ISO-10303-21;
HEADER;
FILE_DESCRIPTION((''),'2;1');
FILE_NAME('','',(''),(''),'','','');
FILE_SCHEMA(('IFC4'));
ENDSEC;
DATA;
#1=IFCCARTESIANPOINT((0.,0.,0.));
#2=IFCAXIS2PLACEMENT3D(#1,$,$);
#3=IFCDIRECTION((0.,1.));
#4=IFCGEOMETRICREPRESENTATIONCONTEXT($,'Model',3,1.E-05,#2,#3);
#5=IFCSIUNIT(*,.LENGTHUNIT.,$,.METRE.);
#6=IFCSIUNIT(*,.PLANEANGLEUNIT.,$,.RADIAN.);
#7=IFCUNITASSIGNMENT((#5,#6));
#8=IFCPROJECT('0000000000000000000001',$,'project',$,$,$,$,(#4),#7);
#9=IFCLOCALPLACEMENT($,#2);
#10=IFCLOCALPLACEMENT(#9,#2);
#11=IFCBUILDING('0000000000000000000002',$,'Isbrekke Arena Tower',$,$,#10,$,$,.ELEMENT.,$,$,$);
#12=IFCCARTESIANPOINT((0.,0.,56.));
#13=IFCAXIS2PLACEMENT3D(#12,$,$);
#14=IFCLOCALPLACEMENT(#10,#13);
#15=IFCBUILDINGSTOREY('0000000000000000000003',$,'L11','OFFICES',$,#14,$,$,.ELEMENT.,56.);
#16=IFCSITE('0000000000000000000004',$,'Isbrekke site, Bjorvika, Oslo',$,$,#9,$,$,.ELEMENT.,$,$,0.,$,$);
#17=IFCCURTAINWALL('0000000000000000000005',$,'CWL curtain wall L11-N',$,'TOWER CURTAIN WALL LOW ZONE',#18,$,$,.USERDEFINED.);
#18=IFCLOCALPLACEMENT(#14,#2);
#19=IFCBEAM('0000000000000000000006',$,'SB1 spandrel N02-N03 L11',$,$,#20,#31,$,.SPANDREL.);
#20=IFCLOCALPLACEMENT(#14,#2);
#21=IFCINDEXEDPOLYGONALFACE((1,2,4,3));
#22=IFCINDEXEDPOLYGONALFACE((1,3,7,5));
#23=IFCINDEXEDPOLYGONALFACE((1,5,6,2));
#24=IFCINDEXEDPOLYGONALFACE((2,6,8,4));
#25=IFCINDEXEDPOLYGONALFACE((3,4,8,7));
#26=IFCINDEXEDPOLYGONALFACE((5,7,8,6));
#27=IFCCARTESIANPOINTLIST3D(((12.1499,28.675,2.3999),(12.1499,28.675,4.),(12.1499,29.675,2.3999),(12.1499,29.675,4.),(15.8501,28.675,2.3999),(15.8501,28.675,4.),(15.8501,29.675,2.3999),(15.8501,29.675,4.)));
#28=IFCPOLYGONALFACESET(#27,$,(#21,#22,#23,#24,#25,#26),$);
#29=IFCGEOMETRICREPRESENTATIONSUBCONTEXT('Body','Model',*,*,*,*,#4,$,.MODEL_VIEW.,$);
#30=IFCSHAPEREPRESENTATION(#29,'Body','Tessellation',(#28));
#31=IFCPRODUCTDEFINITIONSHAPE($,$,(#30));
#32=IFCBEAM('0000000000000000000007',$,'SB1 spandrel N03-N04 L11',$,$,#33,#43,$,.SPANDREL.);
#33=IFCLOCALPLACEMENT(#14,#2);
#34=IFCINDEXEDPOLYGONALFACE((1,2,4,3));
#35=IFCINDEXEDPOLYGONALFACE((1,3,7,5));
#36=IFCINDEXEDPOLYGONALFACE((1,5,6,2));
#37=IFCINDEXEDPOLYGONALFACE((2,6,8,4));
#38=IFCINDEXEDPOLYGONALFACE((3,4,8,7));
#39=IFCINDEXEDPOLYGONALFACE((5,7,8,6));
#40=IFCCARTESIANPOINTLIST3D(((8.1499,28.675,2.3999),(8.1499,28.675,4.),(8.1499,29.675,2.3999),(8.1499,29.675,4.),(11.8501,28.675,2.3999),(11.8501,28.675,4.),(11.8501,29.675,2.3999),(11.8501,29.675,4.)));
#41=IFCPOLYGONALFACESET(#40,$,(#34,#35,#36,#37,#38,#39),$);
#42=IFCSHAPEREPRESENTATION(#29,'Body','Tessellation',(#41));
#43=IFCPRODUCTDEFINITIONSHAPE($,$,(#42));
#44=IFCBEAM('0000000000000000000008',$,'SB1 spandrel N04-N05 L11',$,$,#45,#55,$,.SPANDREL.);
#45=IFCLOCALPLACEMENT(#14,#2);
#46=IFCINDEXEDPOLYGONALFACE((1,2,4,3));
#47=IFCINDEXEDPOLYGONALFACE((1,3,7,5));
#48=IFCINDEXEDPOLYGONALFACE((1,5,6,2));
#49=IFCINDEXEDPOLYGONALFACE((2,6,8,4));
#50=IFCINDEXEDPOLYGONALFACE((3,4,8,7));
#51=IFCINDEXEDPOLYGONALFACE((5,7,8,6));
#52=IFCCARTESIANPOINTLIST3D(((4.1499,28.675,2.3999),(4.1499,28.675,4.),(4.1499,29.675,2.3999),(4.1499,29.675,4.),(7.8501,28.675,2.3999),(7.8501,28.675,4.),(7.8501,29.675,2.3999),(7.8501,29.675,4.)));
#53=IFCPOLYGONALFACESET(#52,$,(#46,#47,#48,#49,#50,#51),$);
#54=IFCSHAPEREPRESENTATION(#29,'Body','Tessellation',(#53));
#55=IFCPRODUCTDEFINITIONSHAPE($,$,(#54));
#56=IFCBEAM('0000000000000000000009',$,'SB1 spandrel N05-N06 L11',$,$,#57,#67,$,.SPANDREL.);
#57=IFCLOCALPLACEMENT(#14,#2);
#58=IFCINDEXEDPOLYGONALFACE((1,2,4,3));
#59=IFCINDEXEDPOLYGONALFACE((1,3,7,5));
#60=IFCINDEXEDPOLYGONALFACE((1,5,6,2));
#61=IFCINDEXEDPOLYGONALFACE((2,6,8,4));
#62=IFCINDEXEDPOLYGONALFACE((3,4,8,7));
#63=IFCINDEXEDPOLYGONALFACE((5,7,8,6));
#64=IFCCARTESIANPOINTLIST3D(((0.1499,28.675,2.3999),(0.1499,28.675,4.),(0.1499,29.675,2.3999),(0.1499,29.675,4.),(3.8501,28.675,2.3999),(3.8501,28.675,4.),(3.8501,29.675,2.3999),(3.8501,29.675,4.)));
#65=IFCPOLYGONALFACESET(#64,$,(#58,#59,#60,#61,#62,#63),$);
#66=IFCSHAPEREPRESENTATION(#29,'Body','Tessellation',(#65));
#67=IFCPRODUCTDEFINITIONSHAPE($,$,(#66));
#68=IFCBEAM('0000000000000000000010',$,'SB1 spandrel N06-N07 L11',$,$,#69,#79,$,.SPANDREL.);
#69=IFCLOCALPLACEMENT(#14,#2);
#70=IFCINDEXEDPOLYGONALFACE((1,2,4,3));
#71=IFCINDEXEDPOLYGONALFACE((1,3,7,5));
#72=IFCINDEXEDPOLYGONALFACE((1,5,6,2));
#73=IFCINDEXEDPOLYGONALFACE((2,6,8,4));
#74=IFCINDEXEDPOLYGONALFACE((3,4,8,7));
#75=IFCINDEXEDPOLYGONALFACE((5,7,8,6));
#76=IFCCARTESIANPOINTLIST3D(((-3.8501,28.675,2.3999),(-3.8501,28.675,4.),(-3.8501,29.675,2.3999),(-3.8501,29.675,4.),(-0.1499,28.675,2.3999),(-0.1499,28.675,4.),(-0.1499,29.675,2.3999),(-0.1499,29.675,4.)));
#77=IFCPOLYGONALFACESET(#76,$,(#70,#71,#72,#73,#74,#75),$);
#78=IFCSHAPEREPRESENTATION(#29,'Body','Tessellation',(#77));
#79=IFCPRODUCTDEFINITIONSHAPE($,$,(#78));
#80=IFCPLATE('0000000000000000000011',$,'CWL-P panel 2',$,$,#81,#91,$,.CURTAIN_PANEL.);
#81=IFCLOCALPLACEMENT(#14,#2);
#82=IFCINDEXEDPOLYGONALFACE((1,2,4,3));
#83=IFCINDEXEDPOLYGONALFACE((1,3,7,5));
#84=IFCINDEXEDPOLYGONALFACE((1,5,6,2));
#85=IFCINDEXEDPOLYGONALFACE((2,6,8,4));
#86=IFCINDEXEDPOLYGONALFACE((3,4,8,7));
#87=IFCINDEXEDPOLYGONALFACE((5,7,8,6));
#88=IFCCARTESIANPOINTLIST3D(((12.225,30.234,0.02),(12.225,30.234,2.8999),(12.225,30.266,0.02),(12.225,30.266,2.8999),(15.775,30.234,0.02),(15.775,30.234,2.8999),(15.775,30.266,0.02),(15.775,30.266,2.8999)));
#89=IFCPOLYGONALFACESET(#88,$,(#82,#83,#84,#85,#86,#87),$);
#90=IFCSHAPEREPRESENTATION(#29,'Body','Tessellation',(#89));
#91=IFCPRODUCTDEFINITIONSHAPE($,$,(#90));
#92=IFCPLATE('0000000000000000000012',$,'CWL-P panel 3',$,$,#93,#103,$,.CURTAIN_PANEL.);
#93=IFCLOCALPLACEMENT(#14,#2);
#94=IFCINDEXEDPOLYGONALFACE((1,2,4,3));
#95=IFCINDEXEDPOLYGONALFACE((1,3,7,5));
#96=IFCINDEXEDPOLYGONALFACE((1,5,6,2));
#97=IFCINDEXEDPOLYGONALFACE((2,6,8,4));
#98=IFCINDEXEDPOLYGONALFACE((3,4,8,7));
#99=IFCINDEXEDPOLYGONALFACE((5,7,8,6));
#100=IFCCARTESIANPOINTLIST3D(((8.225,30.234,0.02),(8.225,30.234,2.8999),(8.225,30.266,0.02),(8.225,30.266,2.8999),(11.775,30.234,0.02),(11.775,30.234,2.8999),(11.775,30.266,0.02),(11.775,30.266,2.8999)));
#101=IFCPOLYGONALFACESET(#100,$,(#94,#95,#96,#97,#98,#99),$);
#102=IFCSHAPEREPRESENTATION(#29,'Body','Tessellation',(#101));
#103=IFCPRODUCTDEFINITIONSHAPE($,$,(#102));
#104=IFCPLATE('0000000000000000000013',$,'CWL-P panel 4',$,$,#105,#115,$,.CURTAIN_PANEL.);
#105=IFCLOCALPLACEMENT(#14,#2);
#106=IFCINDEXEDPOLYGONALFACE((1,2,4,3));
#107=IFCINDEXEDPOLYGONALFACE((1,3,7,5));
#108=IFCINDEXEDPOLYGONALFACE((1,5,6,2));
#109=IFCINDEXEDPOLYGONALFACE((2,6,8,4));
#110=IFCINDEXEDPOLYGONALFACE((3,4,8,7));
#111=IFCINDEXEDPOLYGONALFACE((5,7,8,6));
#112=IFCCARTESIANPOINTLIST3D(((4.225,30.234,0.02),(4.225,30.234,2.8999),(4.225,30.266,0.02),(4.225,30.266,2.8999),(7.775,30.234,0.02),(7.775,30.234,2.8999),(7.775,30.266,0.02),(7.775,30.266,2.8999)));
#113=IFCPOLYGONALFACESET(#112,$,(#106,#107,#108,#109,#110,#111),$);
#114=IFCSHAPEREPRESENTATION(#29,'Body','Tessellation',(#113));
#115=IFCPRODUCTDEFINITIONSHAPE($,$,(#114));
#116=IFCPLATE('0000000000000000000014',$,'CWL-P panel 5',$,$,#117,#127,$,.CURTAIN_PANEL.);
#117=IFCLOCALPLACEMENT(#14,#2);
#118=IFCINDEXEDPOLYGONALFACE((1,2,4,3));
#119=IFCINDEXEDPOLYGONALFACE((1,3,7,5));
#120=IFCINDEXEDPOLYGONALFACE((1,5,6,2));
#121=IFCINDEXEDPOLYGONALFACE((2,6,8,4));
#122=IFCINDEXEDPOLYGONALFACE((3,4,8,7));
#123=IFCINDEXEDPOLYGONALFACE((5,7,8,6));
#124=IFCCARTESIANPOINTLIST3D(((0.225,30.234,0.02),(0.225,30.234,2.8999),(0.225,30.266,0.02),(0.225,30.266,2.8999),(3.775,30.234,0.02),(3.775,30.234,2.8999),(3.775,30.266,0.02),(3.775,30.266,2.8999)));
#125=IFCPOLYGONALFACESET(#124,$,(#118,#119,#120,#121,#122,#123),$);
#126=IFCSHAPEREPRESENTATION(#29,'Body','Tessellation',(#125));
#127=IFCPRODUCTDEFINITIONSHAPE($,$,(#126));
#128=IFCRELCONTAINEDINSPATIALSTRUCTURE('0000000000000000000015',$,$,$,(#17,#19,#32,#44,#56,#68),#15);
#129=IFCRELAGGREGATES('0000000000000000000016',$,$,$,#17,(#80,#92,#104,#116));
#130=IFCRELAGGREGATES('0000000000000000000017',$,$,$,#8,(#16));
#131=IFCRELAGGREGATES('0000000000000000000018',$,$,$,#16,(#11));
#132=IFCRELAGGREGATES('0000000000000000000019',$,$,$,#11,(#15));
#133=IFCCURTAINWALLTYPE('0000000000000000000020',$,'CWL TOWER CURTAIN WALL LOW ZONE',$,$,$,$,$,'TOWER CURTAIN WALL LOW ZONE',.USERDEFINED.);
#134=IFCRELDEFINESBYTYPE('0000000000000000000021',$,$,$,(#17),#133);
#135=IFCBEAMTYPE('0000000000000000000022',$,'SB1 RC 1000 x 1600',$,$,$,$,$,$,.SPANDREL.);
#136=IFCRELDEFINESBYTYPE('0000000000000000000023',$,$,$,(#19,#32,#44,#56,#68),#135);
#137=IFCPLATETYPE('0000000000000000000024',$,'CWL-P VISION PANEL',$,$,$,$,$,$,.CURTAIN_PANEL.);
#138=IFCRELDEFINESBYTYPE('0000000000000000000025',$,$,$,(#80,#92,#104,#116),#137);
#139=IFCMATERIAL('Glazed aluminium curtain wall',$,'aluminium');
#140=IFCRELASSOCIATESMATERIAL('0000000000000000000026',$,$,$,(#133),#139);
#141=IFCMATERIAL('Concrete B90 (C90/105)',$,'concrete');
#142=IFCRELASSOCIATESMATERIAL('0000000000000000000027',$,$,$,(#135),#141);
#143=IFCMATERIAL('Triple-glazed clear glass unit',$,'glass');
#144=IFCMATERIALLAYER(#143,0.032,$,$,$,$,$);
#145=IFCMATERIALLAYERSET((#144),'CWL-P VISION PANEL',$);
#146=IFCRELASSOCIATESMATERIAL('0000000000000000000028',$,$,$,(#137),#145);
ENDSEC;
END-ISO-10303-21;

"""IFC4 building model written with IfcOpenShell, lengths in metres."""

from ifc_helpers import new_model, si_unit, direction, frame, origin, origin_2d, place, context, subcontext, project, spatial, rectangle, extrude, material, layer, layer_set, material_profile, profile_set, type_object, element, aggregate, save


model = new_model("IFC4")

# Units and contexts
model_context = context("Model", 3, precision=1e-05, world=origin(), true_north=direction((0.0, 1.0)))
body_context = subcontext(model_context, "Body", "Model", "MODEL_VIEW")
ifc_project = project(units=[si_unit("LENGTHUNIT", "METRE"), si_unit("PLANEANGLEUNIT", "RADIAN")], contexts=[model_context])

# Site, building, storey
site_placement = place(None, origin())
site = spatial("IfcSite", under=ifc_project, at=site_placement, Name="Isbrekke site, Bjorvika, Oslo", CompositionType="ELEMENT", RefElevation=0.0)
building_placement = place(site_placement, origin())
building = spatial("IfcBuilding", under=site, at=building_placement, Name="Isbrekke Arena Tower", CompositionType="ELEMENT")
storey_placement = place(building_placement, frame((0.0, 0.0, 56.0)))
storey = spatial("IfcBuildingStorey", under=building, at=storey_placement, Name="L11", Description="OFFICES", CompositionType="ELEMENT", Elevation=56.0)

# Curtain wall
ifc_material_1 = material(Name="Glazed aluminium curtain wall", Category="aluminium")
curtain_wall_type = type_object("IfcCurtainWallType", Name="CWL TOWER CURTAIN WALL LOW ZONE", ElementType="TOWER CURTAIN WALL LOW ZONE", PredefinedType="USERDEFINED", material=ifc_material_1)
curtain_wall_placement = place(storey_placement, origin())
curtain_wall = element("IfcCurtainWall", 1, at=curtain_wall_placement, inside=storey, type_object=curtain_wall_type, Name="CWL curtain wall L11-N", ObjectType="TOWER CURTAIN WALL LOW ZONE", PredefinedType="USERDEFINED")

# Beams
ifc_material_2 = material(Name="Concrete B90 (C90/105)", Category="concrete")
ifc_material_profile_1 = material_profile(ifc_material_2, rectangle(XDim=1.0, YDim=1.6001, at=origin_2d()), Name="RC 1000x1600")
ifc_profile_set_1 = profile_set([ifc_material_profile_1], Name="Concrete B90 (C90/105)")
beam_type_1 = type_object("IfcBeamType", Name="SB1 RC 1000 x 1600", PredefinedType="SPANDREL", material=ifc_profile_set_1)
for number, where, z_axis, x_axis, name in (
    (2, (15.8501, 29.175, 3.2), (-1.0, 0.0, 0.0), (0.0, -1.0, 0.0), "SB1 spandrel N02-N03 L11"),
    (3, (11.8501, 29.175, 3.2), (-1.0, 0.0, 0.0), (0.0, -1.0, 0.0), "SB1 spandrel N03-N04 L11"),
    (4, (7.8501, 29.175, 3.2), (-1.0, 0.0, 0.0), (0.0, -1.0, 0.0), "SB1 spandrel N04-N05 L11"),
    (5, (3.8501, 29.175, 3.2), (-1.0, 0.0, 0.0), (0.0, -1.0, 0.0), "SB1 spandrel N05-N06 L11"),
    (6, (-0.1499, 29.175, 3.2), (-1.0, 0.0, 0.0), (0.0, -1.0, 0.0), "SB1 spandrel N06-N07 L11"),
):
    element("IfcBeam", number, at=place(storey_placement, frame(where, z_axis=z_axis, x_axis=x_axis)), inside=storey, type_object=beam_type_1, Name=name, PredefinedType="SPANDREL", context=body_context, shape_type="SweptSolid", body=[
        extrude(rectangle(XDim=1.0, YDim=1.6001, at=origin_2d()), origin(), (0.0, 0.0, 1.0), 3.7002),
    ])

# Plates
ifc_material_3 = material(Name="Triple-glazed clear glass unit", Category="glass")
ifc_layer = layer(ifc_material_3, 0.032)
ifc_layer_set = layer_set([ifc_layer], Name="CWL-P VISION PANEL")
plate_type = type_object("IfcPlateType", Name="CWL-P VISION PANEL", PredefinedType="CURTAIN_PANEL", material=ifc_layer_set)
plate_1_placement = place(storey_placement, frame((14.0, 30.25, 0.02), z_axis=(0.0, 0.0, 1.0), x_axis=(-1.0, 0.0, 0.0)))
plate_1 = element("IfcPlate", 7, at=plate_1_placement, type_object=plate_type, Name="CWL-P panel 2", PredefinedType="CURTAIN_PANEL", context=body_context, shape_type="SweptSolid", body=[
    extrude(rectangle(XDim=3.55, YDim=0.032, at=origin_2d()), origin(), (0.0, 0.0, 1.0), 2.8799),
])
plate_2_placement = place(storey_placement, frame((10.0, 30.25, 0.02), z_axis=(0.0, 0.0, 1.0), x_axis=(-1.0, 0.0, 0.0)))
plate_2 = element("IfcPlate", 8, at=plate_2_placement, type_object=plate_type, Name="CWL-P panel 3", PredefinedType="CURTAIN_PANEL", context=body_context, shape_type="SweptSolid", body=[
    extrude(rectangle(XDim=3.55, YDim=0.032, at=origin_2d()), origin(), (0.0, 0.0, 1.0), 2.8799),
])
plate_3_placement = place(storey_placement, frame((6.0, 30.25, 0.02), z_axis=(0.0, 0.0, 1.0), x_axis=(-1.0, 0.0, 0.0)))
plate_3 = element("IfcPlate", 9, at=plate_3_placement, type_object=plate_type, Name="CWL-P panel 4", PredefinedType="CURTAIN_PANEL", context=body_context, shape_type="SweptSolid", body=[
    extrude(rectangle(XDim=3.55, YDim=0.032, at=origin_2d()), origin(), (0.0, 0.0, 1.0), 2.8799),
])
plate_4_placement = place(storey_placement, frame((2.0, 30.25, 0.02), z_axis=(0.0, 0.0, 1.0), x_axis=(-1.0, 0.0, 0.0)))
plate_4 = element("IfcPlate", 10, at=plate_4_placement, type_object=plate_type, Name="CWL-P panel 5", PredefinedType="CURTAIN_PANEL", context=body_context, shape_type="SweptSolid", body=[
    extrude(rectangle(XDim=3.55, YDim=0.032, at=origin_2d()), origin(), (0.0, 0.0, 1.0), 2.8799),
])
aggregate(curtain_wall, [plate_1, plate_2, plate_3, plate_4])

save(model, "model.ifc")
